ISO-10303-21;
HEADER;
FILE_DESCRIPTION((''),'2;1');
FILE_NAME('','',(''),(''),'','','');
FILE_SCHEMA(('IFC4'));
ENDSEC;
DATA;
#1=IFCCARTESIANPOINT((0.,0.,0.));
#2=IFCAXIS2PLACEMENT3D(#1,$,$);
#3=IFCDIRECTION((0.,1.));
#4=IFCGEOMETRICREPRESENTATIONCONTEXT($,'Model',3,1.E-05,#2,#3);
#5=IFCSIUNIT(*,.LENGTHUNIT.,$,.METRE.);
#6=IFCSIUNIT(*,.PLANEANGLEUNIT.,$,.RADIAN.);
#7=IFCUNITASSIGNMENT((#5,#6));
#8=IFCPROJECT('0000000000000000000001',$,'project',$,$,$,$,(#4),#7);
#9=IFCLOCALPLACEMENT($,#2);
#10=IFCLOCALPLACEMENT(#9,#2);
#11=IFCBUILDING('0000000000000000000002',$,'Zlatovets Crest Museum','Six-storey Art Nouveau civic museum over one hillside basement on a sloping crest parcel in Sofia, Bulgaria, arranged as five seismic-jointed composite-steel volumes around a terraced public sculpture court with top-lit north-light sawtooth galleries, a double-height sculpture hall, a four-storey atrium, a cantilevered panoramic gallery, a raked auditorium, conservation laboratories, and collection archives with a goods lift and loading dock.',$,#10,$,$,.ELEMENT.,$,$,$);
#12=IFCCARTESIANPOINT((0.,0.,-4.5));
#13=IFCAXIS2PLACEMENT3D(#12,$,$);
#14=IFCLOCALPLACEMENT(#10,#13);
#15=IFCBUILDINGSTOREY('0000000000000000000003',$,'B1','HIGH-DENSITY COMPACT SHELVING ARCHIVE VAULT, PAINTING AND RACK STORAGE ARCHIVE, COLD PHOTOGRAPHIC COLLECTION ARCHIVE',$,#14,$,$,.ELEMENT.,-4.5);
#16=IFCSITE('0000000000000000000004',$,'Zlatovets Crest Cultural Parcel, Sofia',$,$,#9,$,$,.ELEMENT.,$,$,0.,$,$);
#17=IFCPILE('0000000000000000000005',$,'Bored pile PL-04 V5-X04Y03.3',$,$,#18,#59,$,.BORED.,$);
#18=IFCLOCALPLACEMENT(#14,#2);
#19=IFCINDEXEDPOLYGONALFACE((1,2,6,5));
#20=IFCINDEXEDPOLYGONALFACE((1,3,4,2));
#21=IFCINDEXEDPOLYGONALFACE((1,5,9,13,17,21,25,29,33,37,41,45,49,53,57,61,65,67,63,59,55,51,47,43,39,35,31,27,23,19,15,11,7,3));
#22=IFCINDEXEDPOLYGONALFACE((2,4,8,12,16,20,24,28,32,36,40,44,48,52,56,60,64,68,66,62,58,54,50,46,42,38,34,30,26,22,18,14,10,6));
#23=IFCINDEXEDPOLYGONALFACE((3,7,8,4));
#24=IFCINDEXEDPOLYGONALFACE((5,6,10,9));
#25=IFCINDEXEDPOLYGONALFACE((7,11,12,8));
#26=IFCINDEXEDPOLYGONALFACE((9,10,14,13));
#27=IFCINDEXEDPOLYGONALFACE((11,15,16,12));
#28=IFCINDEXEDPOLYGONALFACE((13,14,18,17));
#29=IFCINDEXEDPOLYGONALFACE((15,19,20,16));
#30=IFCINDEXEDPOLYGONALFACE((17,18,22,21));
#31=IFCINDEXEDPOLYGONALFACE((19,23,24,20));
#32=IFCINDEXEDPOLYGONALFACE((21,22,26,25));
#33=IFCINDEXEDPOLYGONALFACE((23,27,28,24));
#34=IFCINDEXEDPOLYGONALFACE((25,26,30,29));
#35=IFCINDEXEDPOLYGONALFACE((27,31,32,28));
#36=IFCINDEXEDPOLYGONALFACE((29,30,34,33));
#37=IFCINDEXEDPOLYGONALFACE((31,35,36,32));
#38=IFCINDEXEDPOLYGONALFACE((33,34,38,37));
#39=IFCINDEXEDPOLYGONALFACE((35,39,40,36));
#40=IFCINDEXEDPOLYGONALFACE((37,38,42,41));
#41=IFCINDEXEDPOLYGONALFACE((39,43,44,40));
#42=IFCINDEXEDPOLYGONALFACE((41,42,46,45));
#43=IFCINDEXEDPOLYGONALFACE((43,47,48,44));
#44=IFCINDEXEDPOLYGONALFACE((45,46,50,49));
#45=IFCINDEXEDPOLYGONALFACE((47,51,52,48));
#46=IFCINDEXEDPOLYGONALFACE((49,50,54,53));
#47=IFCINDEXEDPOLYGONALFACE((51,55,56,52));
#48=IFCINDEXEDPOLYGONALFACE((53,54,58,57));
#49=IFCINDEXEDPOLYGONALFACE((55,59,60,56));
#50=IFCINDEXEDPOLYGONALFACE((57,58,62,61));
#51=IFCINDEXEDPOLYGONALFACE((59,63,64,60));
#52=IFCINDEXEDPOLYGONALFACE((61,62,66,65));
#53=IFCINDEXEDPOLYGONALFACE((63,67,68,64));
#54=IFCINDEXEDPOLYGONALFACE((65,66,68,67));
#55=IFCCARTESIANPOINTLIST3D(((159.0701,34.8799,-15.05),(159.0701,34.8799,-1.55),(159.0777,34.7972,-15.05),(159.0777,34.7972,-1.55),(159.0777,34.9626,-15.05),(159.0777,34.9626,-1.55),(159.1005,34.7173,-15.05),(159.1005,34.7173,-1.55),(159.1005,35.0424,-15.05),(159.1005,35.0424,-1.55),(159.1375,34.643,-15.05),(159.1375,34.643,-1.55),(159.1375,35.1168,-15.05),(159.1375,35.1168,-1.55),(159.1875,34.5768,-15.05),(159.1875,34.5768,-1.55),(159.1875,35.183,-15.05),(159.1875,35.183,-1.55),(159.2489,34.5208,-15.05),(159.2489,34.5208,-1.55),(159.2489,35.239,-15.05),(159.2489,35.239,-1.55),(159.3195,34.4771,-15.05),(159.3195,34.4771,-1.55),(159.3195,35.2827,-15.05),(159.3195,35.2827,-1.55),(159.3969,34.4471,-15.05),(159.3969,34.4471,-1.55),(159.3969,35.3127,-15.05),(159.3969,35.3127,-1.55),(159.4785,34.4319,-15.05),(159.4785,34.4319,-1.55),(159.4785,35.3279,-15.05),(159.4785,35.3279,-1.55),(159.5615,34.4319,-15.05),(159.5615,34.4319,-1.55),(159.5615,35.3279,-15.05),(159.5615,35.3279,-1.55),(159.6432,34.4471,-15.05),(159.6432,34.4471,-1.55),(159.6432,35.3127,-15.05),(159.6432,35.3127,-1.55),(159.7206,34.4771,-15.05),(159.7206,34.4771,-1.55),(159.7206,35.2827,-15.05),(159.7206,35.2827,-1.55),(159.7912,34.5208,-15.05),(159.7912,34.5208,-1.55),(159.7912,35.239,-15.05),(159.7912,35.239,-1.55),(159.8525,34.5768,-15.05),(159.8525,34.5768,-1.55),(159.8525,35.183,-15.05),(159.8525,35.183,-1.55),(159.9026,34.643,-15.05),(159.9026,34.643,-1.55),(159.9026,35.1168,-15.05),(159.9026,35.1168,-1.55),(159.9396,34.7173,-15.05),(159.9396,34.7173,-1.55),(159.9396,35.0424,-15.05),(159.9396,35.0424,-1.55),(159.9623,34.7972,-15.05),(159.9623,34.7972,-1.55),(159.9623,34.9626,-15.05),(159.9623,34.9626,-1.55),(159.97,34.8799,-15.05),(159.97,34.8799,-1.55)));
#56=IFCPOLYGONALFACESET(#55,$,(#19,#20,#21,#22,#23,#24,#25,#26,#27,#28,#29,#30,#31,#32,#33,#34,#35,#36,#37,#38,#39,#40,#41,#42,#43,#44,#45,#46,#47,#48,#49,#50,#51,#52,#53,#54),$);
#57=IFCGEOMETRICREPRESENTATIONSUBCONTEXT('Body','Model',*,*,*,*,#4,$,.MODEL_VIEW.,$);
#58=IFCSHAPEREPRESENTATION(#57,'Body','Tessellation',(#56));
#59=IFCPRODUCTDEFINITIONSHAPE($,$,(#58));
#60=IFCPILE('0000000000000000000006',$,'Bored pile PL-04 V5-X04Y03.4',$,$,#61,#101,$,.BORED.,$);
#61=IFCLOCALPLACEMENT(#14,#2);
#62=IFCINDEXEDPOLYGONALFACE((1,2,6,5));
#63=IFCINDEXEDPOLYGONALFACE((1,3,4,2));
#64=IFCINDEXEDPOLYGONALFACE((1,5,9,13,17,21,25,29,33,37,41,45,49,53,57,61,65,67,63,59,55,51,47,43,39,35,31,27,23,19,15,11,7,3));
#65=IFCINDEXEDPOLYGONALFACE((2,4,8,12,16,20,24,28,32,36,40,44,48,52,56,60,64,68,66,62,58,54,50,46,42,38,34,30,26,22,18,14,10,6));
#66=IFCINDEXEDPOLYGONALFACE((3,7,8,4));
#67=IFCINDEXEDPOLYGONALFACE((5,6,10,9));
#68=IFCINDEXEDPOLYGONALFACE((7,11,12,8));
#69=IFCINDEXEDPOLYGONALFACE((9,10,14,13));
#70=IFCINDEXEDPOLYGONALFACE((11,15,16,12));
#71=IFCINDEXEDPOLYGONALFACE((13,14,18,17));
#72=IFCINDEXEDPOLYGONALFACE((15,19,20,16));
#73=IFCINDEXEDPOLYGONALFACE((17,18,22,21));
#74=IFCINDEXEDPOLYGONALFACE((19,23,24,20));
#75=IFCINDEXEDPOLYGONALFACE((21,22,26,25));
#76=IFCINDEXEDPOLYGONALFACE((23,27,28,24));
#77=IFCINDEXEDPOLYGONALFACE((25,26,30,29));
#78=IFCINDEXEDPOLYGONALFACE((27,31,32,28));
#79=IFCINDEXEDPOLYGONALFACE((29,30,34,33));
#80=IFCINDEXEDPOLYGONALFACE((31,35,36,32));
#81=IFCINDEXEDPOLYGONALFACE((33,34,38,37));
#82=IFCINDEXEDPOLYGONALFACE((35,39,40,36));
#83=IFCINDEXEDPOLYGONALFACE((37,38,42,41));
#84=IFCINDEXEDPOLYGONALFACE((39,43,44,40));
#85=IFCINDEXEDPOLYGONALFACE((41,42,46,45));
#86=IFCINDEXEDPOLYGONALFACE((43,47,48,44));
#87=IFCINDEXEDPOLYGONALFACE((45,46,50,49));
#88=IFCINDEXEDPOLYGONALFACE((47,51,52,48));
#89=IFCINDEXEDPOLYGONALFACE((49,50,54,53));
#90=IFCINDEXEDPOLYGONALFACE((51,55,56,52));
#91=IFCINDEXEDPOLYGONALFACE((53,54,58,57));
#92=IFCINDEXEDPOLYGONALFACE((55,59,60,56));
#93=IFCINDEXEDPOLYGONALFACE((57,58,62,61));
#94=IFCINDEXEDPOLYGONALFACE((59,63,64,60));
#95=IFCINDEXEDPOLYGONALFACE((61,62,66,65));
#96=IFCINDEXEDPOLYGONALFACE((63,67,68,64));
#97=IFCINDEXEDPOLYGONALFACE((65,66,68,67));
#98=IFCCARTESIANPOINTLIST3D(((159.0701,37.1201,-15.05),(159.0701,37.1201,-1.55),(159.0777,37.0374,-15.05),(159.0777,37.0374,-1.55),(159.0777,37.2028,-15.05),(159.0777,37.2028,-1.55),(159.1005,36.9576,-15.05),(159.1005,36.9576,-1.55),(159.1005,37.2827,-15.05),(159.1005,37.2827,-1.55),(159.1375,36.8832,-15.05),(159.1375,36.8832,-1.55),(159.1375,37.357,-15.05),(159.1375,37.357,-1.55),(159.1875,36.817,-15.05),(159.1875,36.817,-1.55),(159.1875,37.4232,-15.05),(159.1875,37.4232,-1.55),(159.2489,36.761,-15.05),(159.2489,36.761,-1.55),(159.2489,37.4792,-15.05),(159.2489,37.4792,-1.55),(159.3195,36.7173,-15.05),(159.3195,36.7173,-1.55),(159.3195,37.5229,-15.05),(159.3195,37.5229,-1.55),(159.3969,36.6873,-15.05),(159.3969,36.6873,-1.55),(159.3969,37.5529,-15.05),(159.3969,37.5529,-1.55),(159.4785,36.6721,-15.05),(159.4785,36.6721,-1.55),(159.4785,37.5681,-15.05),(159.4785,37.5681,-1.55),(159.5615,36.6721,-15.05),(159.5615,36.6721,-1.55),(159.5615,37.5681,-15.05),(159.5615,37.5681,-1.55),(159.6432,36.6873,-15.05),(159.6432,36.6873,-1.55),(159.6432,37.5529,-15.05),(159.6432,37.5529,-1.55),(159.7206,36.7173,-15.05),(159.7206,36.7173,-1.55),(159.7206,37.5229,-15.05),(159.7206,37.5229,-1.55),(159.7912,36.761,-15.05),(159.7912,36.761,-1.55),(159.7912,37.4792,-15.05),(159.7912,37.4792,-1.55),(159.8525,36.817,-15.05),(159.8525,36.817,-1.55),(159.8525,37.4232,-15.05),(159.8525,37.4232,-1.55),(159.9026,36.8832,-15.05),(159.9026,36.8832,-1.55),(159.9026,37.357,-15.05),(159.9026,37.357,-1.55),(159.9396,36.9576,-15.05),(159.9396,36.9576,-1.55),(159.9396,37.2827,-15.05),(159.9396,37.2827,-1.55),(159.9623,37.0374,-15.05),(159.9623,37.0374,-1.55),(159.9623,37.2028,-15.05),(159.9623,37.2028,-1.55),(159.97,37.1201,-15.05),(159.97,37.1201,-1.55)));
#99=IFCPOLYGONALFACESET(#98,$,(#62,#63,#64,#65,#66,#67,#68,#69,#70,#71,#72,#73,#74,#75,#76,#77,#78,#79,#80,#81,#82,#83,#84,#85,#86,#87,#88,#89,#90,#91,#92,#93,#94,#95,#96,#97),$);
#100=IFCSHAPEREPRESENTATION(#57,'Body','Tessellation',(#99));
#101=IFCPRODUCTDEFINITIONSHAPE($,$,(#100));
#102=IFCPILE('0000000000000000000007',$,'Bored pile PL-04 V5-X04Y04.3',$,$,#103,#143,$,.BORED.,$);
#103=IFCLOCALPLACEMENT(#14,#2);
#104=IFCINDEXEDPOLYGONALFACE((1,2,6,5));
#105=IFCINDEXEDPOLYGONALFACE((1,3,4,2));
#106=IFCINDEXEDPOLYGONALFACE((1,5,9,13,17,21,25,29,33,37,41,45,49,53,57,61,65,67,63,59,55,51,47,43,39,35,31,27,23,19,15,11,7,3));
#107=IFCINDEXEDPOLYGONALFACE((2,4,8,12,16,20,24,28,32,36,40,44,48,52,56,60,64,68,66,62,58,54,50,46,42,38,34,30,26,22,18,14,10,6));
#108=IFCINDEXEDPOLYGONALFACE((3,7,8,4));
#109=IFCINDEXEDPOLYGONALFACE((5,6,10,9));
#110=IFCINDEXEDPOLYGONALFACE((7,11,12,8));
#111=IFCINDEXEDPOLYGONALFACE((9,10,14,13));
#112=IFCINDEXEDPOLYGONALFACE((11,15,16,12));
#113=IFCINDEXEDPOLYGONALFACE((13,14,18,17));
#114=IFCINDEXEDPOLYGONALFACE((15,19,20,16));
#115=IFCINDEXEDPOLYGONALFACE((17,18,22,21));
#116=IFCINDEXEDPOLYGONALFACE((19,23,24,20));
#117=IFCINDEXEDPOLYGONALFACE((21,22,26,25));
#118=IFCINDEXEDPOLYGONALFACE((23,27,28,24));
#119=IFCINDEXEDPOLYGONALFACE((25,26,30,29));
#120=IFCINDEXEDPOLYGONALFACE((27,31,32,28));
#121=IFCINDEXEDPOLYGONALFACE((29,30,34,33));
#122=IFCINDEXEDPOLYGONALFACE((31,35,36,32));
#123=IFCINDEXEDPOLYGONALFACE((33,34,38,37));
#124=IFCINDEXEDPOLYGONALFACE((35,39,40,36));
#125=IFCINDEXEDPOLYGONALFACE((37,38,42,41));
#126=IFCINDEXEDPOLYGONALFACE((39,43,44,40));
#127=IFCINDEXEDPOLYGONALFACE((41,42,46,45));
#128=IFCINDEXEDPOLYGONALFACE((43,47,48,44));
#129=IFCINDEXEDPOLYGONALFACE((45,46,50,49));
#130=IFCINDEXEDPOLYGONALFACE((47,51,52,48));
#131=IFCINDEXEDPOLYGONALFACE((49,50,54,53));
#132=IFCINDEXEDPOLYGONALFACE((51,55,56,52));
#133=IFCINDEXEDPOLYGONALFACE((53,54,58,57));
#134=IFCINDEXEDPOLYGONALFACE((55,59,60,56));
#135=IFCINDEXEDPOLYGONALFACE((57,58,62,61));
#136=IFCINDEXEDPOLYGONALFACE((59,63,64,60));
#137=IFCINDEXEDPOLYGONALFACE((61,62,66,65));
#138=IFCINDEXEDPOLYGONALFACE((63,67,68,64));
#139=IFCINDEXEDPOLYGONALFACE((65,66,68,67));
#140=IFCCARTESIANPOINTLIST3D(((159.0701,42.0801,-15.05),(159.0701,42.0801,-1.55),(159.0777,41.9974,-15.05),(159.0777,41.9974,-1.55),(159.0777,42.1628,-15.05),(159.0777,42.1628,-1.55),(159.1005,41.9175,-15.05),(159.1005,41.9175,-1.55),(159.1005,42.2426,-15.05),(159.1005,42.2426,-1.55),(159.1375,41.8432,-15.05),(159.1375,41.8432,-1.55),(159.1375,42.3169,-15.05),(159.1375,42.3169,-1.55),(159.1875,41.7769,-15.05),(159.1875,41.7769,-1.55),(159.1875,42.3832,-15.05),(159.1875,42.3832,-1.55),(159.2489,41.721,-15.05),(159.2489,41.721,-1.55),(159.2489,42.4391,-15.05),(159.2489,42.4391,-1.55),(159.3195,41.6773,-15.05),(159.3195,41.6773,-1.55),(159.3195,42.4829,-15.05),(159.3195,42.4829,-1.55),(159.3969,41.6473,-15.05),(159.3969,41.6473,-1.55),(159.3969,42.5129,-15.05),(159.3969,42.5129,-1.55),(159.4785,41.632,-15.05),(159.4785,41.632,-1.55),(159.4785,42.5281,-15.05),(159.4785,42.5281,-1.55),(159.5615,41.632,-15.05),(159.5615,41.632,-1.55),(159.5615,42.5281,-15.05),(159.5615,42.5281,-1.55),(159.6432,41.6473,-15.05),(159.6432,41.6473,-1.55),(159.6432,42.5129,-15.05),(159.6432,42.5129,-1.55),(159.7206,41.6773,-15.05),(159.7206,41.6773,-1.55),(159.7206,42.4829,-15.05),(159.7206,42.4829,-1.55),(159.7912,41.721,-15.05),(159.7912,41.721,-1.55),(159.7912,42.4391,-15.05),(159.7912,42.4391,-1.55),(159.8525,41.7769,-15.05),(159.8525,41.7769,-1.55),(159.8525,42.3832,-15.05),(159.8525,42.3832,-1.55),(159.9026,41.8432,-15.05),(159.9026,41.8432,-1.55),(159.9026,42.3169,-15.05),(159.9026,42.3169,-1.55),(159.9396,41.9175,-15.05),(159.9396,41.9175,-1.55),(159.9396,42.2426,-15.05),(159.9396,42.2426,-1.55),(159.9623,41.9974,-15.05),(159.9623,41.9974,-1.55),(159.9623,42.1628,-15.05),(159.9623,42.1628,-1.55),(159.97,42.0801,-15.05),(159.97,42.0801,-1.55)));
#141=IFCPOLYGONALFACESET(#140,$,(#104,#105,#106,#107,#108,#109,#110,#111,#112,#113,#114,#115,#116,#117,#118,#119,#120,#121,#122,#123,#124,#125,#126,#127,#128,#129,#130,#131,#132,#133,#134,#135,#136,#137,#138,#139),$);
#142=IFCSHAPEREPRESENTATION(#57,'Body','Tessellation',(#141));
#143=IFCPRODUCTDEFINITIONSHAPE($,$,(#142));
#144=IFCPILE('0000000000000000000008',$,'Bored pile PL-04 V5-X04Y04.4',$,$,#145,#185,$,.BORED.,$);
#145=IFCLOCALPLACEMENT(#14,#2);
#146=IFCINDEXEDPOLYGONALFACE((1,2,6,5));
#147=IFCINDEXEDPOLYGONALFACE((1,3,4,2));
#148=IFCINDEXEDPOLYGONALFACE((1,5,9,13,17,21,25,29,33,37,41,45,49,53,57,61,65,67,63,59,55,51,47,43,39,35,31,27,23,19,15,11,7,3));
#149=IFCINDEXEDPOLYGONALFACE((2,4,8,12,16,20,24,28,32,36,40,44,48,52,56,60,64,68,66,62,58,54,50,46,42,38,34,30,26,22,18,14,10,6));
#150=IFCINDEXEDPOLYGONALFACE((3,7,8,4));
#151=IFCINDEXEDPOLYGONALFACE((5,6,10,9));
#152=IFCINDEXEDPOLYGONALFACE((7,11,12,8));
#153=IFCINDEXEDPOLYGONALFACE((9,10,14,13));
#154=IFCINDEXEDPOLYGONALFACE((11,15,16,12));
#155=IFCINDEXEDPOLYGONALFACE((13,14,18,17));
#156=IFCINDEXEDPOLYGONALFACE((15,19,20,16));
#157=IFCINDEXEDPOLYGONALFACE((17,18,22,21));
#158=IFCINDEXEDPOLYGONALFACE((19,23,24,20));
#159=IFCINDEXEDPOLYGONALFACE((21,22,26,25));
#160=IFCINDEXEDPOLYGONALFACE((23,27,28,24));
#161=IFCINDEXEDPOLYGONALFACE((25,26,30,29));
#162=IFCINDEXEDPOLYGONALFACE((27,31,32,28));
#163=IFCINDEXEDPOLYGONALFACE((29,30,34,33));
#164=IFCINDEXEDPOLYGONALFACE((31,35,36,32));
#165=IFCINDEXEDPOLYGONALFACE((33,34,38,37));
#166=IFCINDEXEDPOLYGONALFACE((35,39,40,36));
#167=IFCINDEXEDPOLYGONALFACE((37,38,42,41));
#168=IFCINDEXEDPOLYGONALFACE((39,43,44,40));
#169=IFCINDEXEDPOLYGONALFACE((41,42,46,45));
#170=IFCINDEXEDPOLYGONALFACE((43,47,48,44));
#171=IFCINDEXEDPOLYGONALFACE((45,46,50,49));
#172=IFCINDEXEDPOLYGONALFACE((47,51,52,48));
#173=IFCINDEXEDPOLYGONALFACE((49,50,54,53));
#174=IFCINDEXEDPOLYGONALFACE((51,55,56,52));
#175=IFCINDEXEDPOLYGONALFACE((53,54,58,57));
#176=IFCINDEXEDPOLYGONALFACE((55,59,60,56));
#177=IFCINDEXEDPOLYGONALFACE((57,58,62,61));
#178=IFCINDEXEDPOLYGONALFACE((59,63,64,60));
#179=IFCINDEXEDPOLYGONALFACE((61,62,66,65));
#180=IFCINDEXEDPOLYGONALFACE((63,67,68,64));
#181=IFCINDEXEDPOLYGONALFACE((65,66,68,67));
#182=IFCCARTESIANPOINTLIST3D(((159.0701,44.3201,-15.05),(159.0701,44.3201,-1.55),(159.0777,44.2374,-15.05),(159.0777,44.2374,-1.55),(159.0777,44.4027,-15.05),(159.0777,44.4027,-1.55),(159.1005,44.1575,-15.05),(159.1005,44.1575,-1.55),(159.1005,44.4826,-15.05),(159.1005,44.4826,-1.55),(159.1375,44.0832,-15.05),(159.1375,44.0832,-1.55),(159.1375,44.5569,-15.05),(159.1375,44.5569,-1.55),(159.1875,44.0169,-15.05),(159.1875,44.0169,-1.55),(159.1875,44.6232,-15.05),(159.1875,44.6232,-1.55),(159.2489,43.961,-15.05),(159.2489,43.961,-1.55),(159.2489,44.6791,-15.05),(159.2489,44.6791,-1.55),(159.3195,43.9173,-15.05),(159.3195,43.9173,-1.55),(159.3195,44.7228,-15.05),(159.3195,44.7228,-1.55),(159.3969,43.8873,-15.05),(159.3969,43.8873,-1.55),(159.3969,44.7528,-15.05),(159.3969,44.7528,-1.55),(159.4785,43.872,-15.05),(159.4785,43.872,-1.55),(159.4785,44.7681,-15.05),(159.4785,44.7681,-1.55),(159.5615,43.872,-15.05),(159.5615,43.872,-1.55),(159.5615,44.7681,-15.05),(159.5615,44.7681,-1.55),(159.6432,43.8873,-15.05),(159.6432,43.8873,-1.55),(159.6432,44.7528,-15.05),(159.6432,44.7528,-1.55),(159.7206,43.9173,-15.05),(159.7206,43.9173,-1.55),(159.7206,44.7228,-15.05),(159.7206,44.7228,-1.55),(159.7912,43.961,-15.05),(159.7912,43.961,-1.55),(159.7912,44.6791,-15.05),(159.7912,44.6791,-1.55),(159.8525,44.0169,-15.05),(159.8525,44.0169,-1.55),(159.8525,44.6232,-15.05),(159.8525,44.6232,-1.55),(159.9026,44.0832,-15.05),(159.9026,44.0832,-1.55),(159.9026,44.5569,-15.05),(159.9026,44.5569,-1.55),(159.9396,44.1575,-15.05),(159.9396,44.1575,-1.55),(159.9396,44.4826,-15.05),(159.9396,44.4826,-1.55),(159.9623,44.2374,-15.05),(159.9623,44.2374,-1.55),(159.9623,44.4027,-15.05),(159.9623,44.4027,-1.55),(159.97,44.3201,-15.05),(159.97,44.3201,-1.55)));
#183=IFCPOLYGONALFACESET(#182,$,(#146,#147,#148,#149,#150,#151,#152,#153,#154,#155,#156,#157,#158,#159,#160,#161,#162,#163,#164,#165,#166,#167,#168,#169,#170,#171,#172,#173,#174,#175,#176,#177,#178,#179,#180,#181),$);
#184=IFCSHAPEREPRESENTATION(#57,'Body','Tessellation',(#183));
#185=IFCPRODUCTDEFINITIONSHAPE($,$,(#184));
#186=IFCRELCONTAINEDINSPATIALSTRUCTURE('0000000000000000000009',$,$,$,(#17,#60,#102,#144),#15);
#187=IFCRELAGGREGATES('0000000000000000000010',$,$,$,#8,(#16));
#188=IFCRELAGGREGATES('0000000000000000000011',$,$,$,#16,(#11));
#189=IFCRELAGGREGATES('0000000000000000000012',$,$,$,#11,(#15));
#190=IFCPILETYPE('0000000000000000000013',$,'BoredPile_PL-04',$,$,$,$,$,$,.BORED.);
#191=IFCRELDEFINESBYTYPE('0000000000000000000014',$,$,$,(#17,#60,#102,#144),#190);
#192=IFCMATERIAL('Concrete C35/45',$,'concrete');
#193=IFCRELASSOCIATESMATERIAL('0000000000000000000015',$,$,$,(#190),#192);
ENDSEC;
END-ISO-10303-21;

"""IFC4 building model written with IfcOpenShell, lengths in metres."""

from ifc_helpers import new_model, si_unit, direction, frame, origin, origin_2d, place, context, subcontext, project, spatial, circle, extrude, material, material_profile, profile_set, type_object, element, save


model = new_model("IFC4")

# Units and contexts
model_context = context("Model", 3, precision=1e-05, world=origin(), true_north=direction((0.0, 1.0)))
body_context = subcontext(model_context, "Body", "Model", "MODEL_VIEW")
ifc_project = project(units=[si_unit("LENGTHUNIT", "METRE"), si_unit("PLANEANGLEUNIT", "RADIAN")], contexts=[model_context])

# Site, building, storey
site_placement = place(None, origin())
site = spatial("IfcSite", under=ifc_project, at=site_placement, Name="Zlatovets Crest Cultural Parcel, Sofia", CompositionType="ELEMENT", RefElevation=0.0)
building_placement = place(site_placement, origin())
building = spatial("IfcBuilding", under=site, at=building_placement, Name="Zlatovets Crest Museum", Description="Six-storey Art Nouveau civic museum over one hillside basement on a sloping crest parcel in Sofia, Bulgaria, arranged as five seismic-jointed composite-steel volumes around a terraced public sculpture court with top-lit north-light sawtooth galleries, a double-height sculpture hall, a four-storey atrium, a cantilevered panoramic gallery, a raked auditorium, conservation laboratories, and collection archives with a goods lift and loading dock.", CompositionType="ELEMENT")
storey_placement = place(building_placement, frame((0.0, 0.0, -4.5)))
storey = spatial("IfcBuildingStorey", under=building, at=storey_placement, Name="B1", Description="HIGH-DENSITY COMPACT SHELVING ARCHIVE VAULT, PAINTING AND RACK STORAGE ARCHIVE, COLD PHOTOGRAPHIC COLLECTION ARCHIVE", CompositionType="ELEMENT", Elevation=-4.5)

# Piles
ifc_material = material(Name="Concrete C35/45", Category="concrete")
ifc_material_profile_1 = material_profile(ifc_material, circle(Radius=0.45, at=origin_2d()), Name="PILE D900")
ifc_profile_set_1 = profile_set([ifc_material_profile_1], Name="Concrete C35/45")
pile_type = type_object("IfcPileType", Name="BoredPile_PL-04", PredefinedType="BORED", material=ifc_profile_set_1)
for number, where, z_axis, x_axis, name in (
    (1, (159.52, 34.8799, -1.55), (0.0, 0.0, -1.0), (1.0, 0.0, 0.0), "Bored pile PL-04 V5-X04Y03.3"),
    (2, (159.52, 37.1201, -1.55), (0.0, 0.0, -1.0), (1.0, 0.0, 0.0), "Bored pile PL-04 V5-X04Y03.4"),
    (3, (159.52, 42.0801, -1.55), (0.0, 0.0, -1.0), (1.0, 0.0, 0.0), "Bored pile PL-04 V5-X04Y04.3"),
    (4, (159.52, 44.3201, -1.55), (0.0, 0.0, -1.0), (1.0, 0.0, 0.0), "Bored pile PL-04 V5-X04Y04.4"),
):
    element("IfcPile", number, at=place(storey_placement, frame(where, z_axis=z_axis, x_axis=x_axis)), inside=storey, type_object=pile_type, Name=name, PredefinedType="BORED", context=body_context, shape_type="SweptSolid", body=[
        extrude(circle(Radius=0.45, at=origin_2d()), origin(), (0.0, 0.0, 1.0), 13.5),
    ])

save(model, "model.ifc")
